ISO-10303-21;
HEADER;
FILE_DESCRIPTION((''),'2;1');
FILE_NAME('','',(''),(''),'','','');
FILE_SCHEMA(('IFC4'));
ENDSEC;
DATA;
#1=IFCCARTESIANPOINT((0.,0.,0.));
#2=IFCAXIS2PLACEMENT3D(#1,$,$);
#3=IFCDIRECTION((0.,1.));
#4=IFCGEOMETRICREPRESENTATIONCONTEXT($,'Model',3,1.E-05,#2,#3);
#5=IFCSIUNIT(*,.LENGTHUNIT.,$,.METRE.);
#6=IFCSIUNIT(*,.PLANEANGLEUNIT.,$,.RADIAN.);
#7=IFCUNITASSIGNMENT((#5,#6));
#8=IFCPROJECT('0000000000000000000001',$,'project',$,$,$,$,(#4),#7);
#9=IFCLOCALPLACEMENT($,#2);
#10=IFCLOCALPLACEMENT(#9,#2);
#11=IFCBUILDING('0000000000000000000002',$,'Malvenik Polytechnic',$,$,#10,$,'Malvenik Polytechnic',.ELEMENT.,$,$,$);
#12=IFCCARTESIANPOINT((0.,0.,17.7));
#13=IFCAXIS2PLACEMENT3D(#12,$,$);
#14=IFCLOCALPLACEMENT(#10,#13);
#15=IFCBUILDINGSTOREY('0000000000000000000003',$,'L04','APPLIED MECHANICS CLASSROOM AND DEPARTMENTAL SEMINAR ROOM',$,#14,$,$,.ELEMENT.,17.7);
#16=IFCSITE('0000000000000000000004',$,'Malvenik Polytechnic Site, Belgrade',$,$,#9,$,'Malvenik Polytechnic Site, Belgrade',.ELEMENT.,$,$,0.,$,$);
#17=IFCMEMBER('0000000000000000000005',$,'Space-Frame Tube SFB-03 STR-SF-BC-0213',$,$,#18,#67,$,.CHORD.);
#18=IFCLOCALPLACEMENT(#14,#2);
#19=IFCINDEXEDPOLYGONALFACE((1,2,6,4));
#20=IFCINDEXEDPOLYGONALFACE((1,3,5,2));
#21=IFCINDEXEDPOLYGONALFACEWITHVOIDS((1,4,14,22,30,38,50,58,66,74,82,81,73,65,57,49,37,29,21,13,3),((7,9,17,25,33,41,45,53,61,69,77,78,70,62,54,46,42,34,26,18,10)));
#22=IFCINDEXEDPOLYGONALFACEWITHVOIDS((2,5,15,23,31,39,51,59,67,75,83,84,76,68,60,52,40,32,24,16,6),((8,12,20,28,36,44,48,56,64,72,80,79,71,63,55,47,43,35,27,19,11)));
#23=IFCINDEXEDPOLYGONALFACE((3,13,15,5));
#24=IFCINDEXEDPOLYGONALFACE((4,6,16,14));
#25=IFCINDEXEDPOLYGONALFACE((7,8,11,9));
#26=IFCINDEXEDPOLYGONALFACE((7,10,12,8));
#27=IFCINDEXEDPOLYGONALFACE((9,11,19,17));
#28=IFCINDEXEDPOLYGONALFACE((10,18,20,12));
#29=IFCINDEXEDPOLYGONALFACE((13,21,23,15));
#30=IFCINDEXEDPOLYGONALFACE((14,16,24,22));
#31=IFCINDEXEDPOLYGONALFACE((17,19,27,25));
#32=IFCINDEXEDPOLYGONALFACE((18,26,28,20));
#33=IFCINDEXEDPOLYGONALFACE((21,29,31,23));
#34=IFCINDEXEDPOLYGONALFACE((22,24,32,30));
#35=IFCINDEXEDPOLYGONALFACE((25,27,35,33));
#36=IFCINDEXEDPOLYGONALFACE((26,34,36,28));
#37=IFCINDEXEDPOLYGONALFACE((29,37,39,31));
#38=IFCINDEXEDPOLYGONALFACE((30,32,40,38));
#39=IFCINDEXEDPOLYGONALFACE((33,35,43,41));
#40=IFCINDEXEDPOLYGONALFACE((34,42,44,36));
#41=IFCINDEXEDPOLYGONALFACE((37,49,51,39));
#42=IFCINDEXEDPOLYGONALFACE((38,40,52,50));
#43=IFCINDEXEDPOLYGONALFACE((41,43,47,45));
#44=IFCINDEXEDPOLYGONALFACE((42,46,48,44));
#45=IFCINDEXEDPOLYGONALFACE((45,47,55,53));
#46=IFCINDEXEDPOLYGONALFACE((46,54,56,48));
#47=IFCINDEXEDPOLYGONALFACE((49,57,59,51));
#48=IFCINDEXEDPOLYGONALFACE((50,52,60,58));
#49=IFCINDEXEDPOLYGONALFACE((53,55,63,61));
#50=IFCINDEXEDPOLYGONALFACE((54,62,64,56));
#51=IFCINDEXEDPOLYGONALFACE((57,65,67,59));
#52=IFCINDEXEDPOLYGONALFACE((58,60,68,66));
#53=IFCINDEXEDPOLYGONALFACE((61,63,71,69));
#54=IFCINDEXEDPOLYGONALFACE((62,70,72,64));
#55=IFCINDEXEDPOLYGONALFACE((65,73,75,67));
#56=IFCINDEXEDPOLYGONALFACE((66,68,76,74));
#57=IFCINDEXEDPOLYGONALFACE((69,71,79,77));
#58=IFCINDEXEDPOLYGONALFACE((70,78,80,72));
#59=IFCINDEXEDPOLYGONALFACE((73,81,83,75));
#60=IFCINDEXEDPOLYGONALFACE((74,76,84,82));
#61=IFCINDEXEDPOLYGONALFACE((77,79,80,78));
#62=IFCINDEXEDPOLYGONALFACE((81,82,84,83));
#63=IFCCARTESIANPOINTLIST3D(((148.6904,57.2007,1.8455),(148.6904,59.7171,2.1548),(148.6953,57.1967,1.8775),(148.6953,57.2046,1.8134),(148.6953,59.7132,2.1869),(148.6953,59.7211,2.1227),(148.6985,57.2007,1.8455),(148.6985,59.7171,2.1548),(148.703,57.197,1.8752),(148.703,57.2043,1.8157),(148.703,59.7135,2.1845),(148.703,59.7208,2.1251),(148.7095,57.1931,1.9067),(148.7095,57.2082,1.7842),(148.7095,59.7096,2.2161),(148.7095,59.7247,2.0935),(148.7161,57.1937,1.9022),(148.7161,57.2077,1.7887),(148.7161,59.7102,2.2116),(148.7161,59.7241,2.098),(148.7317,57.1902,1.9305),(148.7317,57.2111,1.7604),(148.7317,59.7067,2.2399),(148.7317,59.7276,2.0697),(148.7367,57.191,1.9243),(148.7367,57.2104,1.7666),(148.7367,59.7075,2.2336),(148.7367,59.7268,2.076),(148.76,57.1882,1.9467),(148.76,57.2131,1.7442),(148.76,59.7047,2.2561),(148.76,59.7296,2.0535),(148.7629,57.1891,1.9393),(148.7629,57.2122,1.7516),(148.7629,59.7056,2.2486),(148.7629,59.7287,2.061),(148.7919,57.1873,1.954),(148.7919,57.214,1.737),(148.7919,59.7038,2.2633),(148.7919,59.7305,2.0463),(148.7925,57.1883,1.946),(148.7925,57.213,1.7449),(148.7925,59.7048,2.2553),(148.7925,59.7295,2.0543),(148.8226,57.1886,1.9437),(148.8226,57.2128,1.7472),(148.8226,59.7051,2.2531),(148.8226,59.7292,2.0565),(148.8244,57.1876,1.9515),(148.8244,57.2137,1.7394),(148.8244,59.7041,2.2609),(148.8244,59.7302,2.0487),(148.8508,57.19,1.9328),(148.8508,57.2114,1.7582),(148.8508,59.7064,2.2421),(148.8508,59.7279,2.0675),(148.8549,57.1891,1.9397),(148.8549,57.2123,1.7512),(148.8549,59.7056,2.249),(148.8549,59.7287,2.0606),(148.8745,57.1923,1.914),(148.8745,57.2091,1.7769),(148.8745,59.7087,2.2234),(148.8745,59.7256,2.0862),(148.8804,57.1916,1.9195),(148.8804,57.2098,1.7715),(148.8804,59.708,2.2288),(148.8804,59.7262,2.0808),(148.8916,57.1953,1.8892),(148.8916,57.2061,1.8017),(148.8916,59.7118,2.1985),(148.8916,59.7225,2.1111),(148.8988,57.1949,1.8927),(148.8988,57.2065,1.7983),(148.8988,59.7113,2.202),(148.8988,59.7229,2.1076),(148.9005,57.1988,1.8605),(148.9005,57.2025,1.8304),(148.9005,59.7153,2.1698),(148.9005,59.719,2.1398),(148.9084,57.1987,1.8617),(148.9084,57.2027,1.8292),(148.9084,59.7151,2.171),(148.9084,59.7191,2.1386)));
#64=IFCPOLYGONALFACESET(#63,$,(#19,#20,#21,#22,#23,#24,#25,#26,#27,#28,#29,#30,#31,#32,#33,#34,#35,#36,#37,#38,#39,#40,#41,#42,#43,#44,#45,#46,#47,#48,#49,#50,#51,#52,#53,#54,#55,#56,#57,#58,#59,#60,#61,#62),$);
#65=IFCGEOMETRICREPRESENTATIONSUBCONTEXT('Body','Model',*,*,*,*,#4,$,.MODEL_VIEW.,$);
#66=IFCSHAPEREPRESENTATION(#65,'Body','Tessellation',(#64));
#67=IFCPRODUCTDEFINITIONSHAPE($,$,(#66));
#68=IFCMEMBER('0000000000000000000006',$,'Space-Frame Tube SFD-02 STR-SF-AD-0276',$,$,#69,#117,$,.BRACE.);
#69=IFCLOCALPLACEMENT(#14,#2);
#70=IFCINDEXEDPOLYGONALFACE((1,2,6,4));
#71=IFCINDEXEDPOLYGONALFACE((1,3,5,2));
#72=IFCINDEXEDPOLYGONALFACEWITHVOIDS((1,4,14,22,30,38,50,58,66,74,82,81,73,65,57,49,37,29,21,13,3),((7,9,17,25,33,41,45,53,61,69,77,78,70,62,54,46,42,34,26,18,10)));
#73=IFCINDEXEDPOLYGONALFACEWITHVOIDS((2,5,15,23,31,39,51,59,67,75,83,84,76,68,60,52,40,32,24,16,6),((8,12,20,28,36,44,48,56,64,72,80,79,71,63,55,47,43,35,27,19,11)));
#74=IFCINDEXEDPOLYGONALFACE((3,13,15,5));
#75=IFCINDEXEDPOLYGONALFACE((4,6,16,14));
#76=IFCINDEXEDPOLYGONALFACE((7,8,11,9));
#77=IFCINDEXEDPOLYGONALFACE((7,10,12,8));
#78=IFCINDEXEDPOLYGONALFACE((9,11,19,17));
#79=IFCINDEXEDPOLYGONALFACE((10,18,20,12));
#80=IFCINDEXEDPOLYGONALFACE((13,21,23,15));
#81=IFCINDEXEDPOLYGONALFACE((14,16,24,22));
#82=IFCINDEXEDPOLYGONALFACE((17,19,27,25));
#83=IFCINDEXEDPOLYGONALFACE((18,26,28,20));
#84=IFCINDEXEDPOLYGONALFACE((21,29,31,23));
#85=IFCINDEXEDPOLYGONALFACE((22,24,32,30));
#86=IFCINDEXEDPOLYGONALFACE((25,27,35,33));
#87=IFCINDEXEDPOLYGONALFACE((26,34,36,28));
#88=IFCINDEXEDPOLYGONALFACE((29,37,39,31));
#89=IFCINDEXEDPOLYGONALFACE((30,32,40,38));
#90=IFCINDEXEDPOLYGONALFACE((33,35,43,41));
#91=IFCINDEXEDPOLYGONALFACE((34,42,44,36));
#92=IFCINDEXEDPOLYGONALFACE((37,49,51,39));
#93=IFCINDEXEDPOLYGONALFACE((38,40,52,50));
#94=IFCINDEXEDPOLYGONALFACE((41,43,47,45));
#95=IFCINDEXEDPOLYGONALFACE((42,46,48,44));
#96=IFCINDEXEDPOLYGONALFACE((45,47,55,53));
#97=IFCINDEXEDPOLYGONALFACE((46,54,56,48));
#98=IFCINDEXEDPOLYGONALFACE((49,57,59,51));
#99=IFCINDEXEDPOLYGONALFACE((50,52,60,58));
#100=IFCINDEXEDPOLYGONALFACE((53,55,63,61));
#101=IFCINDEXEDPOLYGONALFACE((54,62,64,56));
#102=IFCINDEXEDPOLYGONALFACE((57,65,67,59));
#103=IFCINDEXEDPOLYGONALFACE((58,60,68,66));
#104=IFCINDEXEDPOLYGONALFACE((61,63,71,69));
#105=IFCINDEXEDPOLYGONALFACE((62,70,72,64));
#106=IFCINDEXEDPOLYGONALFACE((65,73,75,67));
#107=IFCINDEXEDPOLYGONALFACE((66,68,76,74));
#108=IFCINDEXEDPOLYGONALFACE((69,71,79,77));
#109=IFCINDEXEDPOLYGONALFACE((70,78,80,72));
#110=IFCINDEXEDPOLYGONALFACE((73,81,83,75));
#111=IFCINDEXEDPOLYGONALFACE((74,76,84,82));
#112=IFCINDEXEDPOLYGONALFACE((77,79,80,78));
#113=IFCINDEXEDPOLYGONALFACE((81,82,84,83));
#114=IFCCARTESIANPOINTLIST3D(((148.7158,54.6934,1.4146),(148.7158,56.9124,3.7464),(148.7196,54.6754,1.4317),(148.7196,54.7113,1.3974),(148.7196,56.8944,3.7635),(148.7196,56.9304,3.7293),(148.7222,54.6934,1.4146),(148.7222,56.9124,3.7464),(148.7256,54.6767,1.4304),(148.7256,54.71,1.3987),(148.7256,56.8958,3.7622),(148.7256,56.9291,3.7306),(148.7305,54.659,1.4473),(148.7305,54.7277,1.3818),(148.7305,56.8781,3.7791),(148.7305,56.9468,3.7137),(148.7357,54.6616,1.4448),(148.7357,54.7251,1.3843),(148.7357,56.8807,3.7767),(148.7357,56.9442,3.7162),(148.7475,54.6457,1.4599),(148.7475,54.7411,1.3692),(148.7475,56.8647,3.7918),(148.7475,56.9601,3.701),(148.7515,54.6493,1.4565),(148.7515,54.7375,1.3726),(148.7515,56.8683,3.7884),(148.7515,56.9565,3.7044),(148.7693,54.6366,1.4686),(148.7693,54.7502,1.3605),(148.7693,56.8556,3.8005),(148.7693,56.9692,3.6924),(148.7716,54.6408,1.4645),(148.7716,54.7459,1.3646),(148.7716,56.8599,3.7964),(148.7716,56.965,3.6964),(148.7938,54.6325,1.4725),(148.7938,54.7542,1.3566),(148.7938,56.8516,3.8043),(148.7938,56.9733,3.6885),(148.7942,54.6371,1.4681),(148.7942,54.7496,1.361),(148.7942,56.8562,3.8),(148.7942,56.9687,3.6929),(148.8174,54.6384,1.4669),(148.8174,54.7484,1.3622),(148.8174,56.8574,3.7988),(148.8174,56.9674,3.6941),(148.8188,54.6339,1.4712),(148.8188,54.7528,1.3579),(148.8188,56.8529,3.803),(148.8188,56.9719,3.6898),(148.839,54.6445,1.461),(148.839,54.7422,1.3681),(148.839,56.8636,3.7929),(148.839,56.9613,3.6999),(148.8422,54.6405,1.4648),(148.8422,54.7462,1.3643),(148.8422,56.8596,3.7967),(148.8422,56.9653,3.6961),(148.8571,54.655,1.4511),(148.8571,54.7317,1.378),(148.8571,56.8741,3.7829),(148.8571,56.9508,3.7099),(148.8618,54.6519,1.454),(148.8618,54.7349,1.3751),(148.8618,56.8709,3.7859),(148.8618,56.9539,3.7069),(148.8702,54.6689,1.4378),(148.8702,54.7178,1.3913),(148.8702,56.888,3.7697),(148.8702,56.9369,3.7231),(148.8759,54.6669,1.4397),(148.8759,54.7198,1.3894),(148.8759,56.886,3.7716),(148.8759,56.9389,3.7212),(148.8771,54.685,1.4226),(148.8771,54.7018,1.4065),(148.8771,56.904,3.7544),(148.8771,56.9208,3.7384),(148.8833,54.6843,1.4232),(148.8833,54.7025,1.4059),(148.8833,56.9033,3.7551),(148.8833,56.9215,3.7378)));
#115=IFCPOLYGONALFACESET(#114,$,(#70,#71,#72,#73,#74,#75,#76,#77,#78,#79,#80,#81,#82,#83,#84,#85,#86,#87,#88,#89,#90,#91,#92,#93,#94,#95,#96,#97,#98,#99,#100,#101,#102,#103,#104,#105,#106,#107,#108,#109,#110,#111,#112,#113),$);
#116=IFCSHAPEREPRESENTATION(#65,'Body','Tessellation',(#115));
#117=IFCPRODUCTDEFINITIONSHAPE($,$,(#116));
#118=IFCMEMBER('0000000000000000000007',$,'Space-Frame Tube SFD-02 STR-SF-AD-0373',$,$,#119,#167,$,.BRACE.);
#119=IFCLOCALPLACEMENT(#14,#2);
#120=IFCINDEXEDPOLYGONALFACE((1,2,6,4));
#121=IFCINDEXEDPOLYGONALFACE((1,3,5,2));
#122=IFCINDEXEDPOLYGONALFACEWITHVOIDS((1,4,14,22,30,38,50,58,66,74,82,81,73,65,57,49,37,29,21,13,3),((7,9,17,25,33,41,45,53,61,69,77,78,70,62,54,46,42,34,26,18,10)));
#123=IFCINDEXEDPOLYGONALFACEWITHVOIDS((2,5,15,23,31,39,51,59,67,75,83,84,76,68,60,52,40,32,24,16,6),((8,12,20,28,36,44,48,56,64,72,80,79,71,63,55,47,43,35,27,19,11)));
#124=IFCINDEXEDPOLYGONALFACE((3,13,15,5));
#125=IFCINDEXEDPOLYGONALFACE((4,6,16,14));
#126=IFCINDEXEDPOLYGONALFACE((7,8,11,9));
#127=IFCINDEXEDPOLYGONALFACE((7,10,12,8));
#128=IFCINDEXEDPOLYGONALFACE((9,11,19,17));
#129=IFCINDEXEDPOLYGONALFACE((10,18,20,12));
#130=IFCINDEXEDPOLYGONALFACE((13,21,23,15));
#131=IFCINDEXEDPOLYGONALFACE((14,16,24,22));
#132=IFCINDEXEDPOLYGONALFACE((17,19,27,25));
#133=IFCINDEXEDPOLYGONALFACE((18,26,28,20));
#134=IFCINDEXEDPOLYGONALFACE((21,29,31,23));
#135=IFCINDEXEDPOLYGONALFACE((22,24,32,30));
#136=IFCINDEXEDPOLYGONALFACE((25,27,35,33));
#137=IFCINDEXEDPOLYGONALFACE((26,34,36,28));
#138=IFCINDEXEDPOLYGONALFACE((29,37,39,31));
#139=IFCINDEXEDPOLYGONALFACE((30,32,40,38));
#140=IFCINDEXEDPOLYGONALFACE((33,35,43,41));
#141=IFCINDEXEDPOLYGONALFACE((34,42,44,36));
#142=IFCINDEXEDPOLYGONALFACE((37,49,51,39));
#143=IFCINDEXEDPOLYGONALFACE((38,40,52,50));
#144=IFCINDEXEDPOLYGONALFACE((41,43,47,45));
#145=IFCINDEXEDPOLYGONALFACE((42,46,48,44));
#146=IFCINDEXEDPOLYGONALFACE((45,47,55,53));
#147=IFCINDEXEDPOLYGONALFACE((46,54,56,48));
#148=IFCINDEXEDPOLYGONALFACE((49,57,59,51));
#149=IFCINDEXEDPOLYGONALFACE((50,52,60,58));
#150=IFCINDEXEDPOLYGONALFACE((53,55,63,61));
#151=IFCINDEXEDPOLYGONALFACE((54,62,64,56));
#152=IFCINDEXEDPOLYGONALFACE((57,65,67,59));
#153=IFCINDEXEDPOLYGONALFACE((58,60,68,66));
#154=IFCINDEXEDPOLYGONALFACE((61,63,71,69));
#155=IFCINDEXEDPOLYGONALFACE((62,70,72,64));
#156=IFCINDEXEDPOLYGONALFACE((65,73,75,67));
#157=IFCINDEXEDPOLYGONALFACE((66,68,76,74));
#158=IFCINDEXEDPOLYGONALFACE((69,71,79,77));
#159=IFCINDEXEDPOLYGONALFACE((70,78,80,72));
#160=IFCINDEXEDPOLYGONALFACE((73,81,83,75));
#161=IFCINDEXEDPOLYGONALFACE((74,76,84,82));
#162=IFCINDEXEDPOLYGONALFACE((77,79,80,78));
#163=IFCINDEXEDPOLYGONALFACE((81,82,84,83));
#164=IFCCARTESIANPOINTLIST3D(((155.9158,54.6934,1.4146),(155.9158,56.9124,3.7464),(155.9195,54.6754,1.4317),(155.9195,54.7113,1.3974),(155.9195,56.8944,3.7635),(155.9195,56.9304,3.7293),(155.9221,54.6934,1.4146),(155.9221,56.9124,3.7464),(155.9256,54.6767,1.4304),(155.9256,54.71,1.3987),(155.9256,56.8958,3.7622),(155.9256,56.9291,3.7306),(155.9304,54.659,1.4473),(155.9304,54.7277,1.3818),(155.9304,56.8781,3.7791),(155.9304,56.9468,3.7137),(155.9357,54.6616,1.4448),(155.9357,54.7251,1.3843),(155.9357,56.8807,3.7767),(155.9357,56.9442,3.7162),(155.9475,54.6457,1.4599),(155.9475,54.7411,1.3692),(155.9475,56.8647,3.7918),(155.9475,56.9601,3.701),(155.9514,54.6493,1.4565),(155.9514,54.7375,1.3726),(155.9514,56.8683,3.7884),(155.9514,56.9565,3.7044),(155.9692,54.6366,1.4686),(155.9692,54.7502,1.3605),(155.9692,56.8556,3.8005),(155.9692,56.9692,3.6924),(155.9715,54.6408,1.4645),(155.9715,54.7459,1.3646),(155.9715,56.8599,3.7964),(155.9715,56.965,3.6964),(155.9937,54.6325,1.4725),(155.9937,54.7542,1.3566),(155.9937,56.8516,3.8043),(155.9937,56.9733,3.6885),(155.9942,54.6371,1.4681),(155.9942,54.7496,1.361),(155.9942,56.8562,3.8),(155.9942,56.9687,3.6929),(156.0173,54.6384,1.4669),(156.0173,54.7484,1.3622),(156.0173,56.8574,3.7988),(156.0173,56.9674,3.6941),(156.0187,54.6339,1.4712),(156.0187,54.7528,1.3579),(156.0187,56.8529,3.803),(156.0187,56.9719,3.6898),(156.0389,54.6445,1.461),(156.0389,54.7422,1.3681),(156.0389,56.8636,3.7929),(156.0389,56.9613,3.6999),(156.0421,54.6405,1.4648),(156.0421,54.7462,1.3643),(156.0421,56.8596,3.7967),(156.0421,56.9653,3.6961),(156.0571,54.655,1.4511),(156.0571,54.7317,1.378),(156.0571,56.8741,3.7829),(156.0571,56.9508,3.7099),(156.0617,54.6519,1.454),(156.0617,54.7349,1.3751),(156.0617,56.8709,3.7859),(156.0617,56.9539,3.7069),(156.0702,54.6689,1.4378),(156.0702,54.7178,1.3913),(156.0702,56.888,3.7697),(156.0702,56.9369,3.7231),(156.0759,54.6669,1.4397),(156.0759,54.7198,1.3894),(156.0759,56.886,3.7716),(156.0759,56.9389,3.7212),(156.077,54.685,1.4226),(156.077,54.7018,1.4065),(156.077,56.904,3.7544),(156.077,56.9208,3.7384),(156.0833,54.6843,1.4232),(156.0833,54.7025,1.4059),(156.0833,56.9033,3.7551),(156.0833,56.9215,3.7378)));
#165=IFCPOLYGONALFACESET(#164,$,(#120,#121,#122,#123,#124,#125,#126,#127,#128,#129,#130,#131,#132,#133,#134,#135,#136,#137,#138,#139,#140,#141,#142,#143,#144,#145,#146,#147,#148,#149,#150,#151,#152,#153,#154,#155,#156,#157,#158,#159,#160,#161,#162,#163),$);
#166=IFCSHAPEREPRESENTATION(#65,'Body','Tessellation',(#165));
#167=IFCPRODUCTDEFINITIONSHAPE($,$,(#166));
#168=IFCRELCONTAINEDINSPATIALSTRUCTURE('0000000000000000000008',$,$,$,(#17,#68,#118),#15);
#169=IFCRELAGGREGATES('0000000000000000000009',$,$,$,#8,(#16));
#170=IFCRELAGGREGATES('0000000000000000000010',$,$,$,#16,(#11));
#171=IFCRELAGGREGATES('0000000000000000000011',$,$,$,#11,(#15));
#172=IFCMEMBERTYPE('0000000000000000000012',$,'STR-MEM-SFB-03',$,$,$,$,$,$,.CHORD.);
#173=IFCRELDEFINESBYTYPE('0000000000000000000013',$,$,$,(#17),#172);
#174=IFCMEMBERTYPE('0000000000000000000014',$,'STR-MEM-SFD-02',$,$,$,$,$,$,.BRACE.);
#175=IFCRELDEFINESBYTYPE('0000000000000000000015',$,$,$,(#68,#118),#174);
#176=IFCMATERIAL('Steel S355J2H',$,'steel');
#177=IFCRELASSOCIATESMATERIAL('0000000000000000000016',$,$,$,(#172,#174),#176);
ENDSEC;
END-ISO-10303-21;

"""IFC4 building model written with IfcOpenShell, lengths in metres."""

from ifc_helpers import new_model, si_unit, direction, frame, origin, origin_2d, place, context, subcontext, project, spatial, hollow_circle, extrude, material, material_profile, profile_set, type_object, element, save


model = new_model("IFC4")

# Units and contexts
model_context = context("Model", 3, precision=1e-05, world=origin(), true_north=direction((0.0, 1.0)))
body_context = subcontext(model_context, "Body", "Model", "MODEL_VIEW")
ifc_project = project(units=[si_unit("LENGTHUNIT", "METRE"), si_unit("PLANEANGLEUNIT", "RADIAN")], contexts=[model_context])

# Site, building, storey
site_placement = place(None, origin())
site = spatial("IfcSite", under=ifc_project, at=site_placement, Name="Malvenik Polytechnic Site, Belgrade", LongName="Malvenik Polytechnic Site, Belgrade", CompositionType="ELEMENT", RefElevation=0.0)
building_placement = place(site_placement, origin())
building = spatial("IfcBuilding", under=site, at=building_placement, Name="Malvenik Polytechnic", LongName="Malvenik Polytechnic", CompositionType="ELEMENT")
storey_placement = place(building_placement, frame((0.0, 0.0, 17.7)))
storey = spatial("IfcBuildingStorey", under=building, at=storey_placement, Name="L04", Description="APPLIED MECHANICS CLASSROOM AND DEPARTMENTAL SEMINAR ROOM", CompositionType="ELEMENT", Elevation=17.7)

# Members
ifc_material_1 = material(Name="Steel S355J2H", Category="steel")
ifc_material_profile_1 = material_profile(ifc_material_1, hollow_circle(Radius=0.1096, WallThickness=0.0081, at=origin_2d()), Name="CHS 219.1x8.0")
ifc_profile_set_1 = profile_set([ifc_material_profile_1], Name="Steel S355J2H")
member_type_1 = type_object("IfcMemberType", Name="STR-MEM-SFB-03", PredefinedType="CHORD", material=ifc_profile_set_1)
member_1_placement = place(storey_placement, frame((148.8, 57.2007, 1.8455), z_axis=(0.0, 0.992529, 0.122008), x_axis=(-1.0, 0.0, 0.0)))
element("IfcMember", 1, at=member_1_placement, inside=storey, type_object=member_type_1, Name="Space-Frame Tube SFB-03 STR-SF-BC-0213", PredefinedType="CHORD", context=body_context, shape_type="SweptSolid", body=[
    extrude(hollow_circle(Radius=0.1096, WallThickness=0.0081, at=origin_2d()), origin(), (0.0, 0.0, 1.0), 2.5354),
])
ifc_material_profile_2 = material_profile(ifc_material_1, hollow_circle(Radius=0.0842, WallThickness=0.0063, at=origin_2d()), Name="CHS 168.3x6.3")
ifc_profile_set_2 = profile_set([ifc_material_profile_2], Name="Steel S355J2H")
member_type_2 = type_object("IfcMemberType", Name="STR-MEM-SFD-02", PredefinedType="BRACE", material=ifc_profile_set_2)
for number, where, z_axis, x_axis, name in (
    (2, (148.8, 54.6934, 1.4146), (0.0, 0.689369, 0.72441), (-1.0, 0.0, 0.0), "Space-Frame Tube SFD-02 STR-SF-AD-0276"),
    (3, (156.0, 54.6934, 1.4146), (0.0, 0.689369, 0.72441), (-1.0, 0.0, 0.0), "Space-Frame Tube SFD-02 STR-SF-AD-0373"),
):
    element("IfcMember", number, at=place(storey_placement, frame(where, z_axis=z_axis, x_axis=x_axis)), inside=storey, type_object=member_type_2, Name=name, PredefinedType="BRACE", context=body_context, shape_type="SweptSolid", body=[
        extrude(hollow_circle(Radius=0.0842, WallThickness=0.0063, at=origin_2d()), origin(), (0.0, 0.0, 1.0), 3.219),
    ])

save(model, "model.ifc")
